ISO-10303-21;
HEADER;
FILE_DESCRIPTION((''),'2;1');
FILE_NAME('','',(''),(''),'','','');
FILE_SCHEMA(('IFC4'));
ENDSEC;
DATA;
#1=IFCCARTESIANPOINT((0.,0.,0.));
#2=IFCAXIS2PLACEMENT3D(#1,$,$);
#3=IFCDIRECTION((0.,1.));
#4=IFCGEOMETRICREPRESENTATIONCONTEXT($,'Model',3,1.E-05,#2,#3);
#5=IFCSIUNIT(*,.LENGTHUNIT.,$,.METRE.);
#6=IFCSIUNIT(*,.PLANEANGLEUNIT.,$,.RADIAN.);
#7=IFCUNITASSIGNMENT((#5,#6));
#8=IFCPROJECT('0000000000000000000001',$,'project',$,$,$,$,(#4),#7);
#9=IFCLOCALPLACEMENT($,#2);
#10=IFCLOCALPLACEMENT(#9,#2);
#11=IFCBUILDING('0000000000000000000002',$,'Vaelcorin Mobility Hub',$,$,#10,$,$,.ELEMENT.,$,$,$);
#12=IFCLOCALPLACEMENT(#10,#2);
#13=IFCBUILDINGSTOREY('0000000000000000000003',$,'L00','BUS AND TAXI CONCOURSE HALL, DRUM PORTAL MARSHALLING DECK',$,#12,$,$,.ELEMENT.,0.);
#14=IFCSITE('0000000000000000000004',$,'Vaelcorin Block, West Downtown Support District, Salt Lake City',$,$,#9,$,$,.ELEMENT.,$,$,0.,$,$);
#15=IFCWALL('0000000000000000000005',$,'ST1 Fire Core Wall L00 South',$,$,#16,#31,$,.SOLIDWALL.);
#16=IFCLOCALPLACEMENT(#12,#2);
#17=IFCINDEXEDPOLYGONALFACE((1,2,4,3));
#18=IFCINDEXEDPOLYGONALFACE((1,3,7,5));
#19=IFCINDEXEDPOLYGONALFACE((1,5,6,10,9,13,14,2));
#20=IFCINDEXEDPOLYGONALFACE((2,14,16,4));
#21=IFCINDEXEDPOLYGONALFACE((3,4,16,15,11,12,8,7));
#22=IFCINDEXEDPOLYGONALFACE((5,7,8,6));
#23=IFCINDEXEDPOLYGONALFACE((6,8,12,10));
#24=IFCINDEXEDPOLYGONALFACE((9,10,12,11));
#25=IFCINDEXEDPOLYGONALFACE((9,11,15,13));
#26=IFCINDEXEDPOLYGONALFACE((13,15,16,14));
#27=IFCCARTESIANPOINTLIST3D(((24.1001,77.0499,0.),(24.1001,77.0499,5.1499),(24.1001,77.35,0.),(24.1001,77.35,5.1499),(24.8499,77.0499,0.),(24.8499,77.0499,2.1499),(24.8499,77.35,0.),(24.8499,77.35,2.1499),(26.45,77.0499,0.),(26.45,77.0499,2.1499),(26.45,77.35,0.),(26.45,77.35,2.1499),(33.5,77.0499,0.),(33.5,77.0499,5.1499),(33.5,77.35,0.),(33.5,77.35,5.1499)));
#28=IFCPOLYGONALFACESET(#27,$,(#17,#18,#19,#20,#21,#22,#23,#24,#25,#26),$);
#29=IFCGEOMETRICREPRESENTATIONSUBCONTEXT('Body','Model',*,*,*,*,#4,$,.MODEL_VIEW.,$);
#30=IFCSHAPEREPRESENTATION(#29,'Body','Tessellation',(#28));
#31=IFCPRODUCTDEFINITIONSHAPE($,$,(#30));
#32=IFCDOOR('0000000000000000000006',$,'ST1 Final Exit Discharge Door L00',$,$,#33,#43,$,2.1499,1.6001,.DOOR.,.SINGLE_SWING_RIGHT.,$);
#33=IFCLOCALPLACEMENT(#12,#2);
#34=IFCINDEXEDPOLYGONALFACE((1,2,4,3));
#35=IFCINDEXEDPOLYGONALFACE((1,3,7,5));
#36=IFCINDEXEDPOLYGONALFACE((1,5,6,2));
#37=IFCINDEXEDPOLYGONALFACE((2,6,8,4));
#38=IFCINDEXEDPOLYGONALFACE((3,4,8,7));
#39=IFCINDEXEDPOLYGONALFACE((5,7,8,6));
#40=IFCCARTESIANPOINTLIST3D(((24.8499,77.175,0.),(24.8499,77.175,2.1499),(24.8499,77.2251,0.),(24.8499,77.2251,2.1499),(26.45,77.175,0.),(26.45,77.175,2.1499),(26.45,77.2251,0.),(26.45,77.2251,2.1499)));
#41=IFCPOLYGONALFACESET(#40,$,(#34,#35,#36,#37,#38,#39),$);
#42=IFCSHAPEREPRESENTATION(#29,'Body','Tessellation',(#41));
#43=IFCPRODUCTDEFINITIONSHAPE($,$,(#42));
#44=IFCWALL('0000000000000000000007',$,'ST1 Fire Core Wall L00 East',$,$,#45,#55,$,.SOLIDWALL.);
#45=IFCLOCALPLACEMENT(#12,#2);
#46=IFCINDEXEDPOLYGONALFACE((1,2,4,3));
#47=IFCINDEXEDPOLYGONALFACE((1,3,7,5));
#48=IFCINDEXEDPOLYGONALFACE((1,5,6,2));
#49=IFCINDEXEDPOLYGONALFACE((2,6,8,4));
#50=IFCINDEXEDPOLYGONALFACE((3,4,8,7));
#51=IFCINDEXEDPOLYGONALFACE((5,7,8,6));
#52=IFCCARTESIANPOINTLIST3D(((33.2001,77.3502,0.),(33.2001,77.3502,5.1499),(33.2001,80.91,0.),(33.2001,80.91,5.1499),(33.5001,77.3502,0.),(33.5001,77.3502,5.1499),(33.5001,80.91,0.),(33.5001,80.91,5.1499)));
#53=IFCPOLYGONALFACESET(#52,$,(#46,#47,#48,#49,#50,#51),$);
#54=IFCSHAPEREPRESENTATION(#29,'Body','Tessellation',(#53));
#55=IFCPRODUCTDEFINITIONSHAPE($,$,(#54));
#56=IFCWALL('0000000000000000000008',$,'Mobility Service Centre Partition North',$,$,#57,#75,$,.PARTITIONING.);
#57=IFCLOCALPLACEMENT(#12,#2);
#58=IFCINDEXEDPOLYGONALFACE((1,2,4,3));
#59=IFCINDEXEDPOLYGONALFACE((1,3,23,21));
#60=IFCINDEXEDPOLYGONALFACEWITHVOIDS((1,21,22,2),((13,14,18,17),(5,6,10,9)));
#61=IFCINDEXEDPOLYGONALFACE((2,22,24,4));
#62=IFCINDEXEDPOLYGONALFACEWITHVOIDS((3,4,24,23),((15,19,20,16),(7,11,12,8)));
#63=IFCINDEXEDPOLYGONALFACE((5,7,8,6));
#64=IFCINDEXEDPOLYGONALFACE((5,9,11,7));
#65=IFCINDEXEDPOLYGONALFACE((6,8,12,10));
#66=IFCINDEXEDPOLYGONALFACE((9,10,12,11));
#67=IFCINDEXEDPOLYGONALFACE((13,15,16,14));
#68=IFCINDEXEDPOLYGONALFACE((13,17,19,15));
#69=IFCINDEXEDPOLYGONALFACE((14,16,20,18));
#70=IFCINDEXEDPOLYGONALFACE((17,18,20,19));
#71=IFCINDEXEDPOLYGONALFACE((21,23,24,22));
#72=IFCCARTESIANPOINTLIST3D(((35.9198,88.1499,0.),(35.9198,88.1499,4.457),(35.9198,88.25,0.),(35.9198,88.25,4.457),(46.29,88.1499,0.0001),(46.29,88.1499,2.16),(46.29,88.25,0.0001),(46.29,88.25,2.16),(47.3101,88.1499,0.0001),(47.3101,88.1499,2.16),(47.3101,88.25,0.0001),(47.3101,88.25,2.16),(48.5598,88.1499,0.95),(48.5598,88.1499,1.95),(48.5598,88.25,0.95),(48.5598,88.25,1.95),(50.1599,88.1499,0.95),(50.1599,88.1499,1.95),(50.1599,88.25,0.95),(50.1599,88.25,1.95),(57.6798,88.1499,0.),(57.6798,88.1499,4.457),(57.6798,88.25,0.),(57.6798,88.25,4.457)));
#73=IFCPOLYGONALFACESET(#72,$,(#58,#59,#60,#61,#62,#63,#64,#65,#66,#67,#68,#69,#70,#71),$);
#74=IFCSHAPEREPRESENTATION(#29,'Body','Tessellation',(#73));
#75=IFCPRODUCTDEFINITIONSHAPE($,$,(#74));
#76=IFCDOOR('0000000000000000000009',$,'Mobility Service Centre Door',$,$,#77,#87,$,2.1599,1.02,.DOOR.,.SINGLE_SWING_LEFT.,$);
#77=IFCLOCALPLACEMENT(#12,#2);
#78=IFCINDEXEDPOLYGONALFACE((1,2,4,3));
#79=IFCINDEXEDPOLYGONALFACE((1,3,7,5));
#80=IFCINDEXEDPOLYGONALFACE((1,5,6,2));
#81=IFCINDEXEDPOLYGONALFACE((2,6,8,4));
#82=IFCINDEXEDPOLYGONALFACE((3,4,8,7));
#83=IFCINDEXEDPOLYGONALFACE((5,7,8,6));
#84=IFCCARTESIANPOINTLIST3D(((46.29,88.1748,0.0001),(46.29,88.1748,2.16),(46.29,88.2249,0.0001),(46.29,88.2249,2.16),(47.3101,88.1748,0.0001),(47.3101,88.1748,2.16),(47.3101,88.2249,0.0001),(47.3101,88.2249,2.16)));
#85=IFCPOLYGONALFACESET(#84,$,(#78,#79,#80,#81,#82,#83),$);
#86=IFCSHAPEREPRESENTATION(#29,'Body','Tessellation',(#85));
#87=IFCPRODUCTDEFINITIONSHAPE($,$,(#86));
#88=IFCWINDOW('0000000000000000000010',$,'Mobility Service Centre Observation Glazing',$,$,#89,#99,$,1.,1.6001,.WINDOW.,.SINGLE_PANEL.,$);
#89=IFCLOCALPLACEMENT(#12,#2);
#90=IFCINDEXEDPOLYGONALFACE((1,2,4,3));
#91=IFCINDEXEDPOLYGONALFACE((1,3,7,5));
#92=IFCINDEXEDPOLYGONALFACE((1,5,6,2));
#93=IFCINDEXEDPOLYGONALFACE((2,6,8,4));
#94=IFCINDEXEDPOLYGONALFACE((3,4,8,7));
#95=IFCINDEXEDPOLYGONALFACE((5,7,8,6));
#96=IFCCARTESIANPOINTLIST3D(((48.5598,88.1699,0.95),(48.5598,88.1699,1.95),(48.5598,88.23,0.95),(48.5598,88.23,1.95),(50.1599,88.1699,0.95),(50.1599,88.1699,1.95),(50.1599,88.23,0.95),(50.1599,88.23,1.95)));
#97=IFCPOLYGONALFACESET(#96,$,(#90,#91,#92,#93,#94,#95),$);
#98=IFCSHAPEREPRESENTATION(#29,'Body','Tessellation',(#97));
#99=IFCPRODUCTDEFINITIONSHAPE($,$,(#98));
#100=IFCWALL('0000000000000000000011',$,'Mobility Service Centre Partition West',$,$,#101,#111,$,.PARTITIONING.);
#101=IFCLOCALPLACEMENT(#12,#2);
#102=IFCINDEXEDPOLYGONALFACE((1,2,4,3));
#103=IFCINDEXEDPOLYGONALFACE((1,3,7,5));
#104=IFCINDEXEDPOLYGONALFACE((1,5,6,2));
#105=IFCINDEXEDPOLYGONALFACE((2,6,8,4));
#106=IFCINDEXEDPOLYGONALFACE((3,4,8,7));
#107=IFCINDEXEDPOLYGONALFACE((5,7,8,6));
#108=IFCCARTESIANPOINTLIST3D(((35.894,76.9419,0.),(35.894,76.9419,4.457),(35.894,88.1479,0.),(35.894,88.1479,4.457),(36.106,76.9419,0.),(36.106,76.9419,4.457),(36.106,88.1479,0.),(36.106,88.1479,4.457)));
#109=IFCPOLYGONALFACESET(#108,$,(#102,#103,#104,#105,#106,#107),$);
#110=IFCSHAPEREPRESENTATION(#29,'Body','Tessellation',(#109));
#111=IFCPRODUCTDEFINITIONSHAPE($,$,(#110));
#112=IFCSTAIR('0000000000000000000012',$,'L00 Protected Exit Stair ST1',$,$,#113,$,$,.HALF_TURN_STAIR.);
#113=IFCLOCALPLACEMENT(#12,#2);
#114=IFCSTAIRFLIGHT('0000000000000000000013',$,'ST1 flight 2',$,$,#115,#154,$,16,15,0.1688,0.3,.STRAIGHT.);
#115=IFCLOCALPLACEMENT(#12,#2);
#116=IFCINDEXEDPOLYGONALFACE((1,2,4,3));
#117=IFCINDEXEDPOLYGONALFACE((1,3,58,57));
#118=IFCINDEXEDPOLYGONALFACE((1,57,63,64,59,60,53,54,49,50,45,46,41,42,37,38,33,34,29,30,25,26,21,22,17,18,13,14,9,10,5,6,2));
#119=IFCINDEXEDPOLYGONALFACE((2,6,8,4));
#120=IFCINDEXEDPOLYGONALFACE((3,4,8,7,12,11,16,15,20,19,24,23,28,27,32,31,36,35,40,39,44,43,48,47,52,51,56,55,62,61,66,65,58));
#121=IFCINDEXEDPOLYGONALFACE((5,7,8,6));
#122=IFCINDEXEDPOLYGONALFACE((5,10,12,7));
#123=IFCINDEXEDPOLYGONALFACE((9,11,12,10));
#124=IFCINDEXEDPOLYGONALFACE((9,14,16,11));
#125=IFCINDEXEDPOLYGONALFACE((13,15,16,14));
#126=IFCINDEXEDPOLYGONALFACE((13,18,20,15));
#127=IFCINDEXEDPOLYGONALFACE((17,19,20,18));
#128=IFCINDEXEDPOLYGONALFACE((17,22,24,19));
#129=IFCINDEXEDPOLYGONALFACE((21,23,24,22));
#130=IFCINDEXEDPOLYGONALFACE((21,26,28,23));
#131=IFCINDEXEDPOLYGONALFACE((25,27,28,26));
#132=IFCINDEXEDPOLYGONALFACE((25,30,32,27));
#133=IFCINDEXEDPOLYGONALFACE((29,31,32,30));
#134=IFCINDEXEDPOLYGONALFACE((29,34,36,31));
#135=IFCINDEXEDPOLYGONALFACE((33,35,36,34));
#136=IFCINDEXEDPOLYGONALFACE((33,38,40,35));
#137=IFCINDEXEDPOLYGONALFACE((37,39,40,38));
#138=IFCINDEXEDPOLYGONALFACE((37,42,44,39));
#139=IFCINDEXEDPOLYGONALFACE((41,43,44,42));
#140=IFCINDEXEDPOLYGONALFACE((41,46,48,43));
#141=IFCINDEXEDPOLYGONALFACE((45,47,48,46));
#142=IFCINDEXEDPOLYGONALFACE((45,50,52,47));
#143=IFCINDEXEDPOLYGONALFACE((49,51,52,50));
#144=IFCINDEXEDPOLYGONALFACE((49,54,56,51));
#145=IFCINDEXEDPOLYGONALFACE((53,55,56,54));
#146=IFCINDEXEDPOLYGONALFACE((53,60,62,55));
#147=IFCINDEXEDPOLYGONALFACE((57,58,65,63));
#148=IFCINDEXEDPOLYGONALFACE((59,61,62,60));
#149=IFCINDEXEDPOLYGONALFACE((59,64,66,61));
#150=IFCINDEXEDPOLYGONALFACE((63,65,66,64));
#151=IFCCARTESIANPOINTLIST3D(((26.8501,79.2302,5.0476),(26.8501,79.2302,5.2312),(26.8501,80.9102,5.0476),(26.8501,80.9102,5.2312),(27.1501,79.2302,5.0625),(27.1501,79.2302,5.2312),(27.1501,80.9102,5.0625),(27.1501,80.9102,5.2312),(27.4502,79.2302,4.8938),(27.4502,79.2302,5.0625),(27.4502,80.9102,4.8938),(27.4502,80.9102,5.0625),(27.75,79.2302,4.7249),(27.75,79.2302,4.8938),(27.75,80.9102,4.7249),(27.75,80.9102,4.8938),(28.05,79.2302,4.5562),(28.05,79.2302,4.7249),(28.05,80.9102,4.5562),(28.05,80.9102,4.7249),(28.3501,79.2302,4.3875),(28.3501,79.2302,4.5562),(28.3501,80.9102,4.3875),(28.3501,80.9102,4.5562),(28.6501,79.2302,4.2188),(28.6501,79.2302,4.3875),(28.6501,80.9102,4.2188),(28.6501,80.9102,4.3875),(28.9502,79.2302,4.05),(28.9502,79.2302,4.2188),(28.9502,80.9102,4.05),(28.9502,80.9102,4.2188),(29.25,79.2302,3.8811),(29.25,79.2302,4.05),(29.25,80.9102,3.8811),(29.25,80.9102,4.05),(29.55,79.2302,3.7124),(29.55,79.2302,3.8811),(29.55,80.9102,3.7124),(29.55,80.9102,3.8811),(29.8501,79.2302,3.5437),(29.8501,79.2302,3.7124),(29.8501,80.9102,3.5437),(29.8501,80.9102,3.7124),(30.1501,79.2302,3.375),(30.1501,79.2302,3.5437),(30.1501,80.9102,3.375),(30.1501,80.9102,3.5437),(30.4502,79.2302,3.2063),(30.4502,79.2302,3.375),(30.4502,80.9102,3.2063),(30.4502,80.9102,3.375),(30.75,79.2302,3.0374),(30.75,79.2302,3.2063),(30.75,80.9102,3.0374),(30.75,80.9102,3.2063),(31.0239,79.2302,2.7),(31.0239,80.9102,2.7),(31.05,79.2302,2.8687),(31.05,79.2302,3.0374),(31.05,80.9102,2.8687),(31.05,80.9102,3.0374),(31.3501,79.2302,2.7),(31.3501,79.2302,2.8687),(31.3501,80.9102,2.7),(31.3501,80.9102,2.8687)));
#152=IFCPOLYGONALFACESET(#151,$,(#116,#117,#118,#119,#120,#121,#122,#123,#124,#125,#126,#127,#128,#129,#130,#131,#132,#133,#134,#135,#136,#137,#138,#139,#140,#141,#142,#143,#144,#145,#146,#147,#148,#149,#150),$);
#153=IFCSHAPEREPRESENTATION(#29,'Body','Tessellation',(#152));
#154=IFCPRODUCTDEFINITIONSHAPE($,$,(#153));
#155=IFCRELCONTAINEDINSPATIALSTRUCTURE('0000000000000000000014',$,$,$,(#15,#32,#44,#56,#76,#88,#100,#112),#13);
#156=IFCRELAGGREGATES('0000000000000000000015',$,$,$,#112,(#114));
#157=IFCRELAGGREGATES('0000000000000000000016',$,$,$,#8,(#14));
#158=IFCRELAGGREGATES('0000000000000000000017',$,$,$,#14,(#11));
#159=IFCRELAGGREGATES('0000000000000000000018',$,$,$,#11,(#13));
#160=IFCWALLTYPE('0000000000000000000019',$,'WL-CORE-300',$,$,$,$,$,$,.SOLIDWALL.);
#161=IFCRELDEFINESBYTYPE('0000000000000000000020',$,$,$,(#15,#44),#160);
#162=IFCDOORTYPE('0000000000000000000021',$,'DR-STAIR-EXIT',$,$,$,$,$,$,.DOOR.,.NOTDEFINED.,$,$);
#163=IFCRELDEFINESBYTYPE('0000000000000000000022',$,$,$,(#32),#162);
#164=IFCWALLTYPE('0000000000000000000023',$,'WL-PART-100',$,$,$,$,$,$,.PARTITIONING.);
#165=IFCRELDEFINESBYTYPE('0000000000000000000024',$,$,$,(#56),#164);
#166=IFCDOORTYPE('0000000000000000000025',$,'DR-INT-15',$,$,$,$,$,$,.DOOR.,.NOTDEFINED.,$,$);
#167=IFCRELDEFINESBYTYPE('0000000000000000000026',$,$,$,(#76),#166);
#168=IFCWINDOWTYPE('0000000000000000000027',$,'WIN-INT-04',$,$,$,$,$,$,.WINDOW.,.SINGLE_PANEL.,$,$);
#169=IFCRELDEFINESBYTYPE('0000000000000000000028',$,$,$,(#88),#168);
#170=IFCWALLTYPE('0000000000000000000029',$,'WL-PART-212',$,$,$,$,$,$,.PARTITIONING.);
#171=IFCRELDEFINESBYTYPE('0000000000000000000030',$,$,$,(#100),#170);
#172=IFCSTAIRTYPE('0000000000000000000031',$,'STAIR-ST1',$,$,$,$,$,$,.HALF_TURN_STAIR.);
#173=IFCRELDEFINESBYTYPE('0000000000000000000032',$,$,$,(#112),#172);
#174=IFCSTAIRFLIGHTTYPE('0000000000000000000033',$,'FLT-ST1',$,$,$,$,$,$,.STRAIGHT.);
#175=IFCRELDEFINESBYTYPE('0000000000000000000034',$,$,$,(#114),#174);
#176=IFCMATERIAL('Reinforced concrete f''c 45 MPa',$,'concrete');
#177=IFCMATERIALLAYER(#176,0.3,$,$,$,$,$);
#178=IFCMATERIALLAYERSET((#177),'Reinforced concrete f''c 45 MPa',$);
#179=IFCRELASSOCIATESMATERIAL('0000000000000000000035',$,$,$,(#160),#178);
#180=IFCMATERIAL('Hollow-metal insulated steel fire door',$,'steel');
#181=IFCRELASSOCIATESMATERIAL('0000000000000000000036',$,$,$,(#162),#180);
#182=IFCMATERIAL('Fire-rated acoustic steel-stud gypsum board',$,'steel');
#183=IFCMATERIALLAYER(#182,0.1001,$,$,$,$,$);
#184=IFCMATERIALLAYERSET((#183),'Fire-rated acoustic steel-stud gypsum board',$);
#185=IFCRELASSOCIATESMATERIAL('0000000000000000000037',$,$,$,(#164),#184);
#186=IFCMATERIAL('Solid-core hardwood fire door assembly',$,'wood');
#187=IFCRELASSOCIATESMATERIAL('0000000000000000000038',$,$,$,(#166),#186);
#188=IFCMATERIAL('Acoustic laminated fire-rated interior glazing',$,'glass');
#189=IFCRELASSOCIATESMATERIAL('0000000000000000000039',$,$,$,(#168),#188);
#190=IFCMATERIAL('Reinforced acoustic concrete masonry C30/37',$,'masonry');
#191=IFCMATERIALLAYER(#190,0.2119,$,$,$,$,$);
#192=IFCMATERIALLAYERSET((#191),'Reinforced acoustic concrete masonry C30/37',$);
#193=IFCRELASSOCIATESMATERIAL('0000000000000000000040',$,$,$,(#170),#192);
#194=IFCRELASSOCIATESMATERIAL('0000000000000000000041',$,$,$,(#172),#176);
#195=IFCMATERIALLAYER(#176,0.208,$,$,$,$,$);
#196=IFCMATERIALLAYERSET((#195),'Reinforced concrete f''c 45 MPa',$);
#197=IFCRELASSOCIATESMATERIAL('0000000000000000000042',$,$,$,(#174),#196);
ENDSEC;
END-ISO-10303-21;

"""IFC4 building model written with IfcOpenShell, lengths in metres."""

from ifc_helpers import new_model, si_unit, direction, frame, frame_2d, origin, place, context, subcontext, project, spatial, polyline, rectangle, outline, extrude, material, layer, layer_set, type_object, element, fill, aggregate, save


model = new_model("IFC4")

# Units and contexts
model_context = context("Model", 3, precision=1e-05, world=origin(), true_north=direction((0.0, 1.0)))
body_context = subcontext(model_context, "Body", "Model", "MODEL_VIEW")
ifc_project = project(units=[si_unit("LENGTHUNIT", "METRE"), si_unit("PLANEANGLEUNIT", "RADIAN")], contexts=[model_context])

# Site, building, storey
site_placement = place(None, origin())
site = spatial("IfcSite", under=ifc_project, at=site_placement, Name="Vaelcorin Block, West Downtown Support District, Salt Lake City", CompositionType="ELEMENT", RefElevation=0.0)
building_placement = place(site_placement, origin())
building = spatial("IfcBuilding", under=site, at=building_placement, Name="Vaelcorin Mobility Hub", CompositionType="ELEMENT")
storey_placement = place(building_placement, origin())
storey = spatial("IfcBuildingStorey", under=building, at=storey_placement, Name="L00", Description="BUS AND TAXI CONCOURSE HALL, DRUM PORTAL MARSHALLING DECK", CompositionType="ELEMENT", Elevation=0.0)

# Wall, opening, door
ifc_material_1 = material(Name="Reinforced concrete f'c 45 MPa", Category="concrete")
ifc_layer_1 = layer(ifc_material_1, 0.3)
ifc_layer_set_1 = layer_set([ifc_layer_1], Name="Reinforced concrete f'c 45 MPa")
wall_type_1 = type_object("IfcWallType", Name="WL-CORE-300", PredefinedType="SOLIDWALL", material=ifc_layer_set_1)
wall_1_placement = place(storey_placement, frame((33.5, 77.2, 0.0), z_axis=(0.0, 0.0, 1.0), x_axis=(-1.0, 0.0, 0.0)))
wall_1 = element("IfcWall", 1, at=wall_1_placement, inside=storey, type_object=wall_type_1, Name="ST1 Fire Core Wall L00 South", PredefinedType="SOLIDWALL", context=body_context, shape_type="SweptSolid", body=[
    extrude(rectangle(XDim=9.3999, YDim=0.3, at=frame_2d((4.7, 0.0))), origin(), (0.0, 0.0, 1.0), 5.1499),
])
opening_1_placement = place(wall_1_placement, frame((7.05, 0.0, 0.0)))
opening_1 = element("IfcOpeningElement", 2, at=opening_1_placement, cuts=wall_1, PredefinedType="OPENING", context=body_context, shape_type="SweptSolid", body=[
    extrude(rectangle(XDim=1.6001, YDim=2.1499, at=frame_2d((0.8, 1.075))), frame((0.0, 0.1599, 0.0), z_axis=(0.0, -1.0, 0.0), x_axis=(1.0, 0.0, 0.0)), (0.0, 0.0, 1.0), 0.3201),
])
ifc_material_2 = material(Name="Hollow-metal insulated steel fire door", Category="steel")
door_type_1 = type_object("IfcDoorType", Name="DR-STAIR-EXIT", OperationType="NOTDEFINED", PredefinedType="DOOR", material=ifc_material_2)
door_1_placement = place(opening_1_placement, origin())
door_1 = element("IfcDoor", 3, at=door_1_placement, inside=storey, type_object=door_type_1, Name="ST1 Final Exit Discharge Door L00", OperationType="SINGLE_SWING_RIGHT", OverallHeight=2.1499, OverallWidth=1.6001, PredefinedType="DOOR", context=body_context, shape_type="SweptSolid", body=[
    extrude(rectangle(XDim=1.6001, YDim=2.1499, at=frame_2d((0.8, 1.075))), frame((0.0, 0.0249, 0.0), z_axis=(0.0, -1.0, 0.0), x_axis=(1.0, 0.0, 0.0)), (0.0, 0.0, 1.0), 0.05),
])
fill(opening_1, door_1)

# Wall
wall_2_placement = place(storey_placement, frame((33.3501, 80.9099, 0.0), z_axis=(0.0, 0.0, 1.0), x_axis=(0.0, -1.0, 0.0)))
element("IfcWall", 4, at=wall_2_placement, inside=storey, type_object=wall_type_1, Name="ST1 Fire Core Wall L00 East", PredefinedType="SOLIDWALL", context=body_context, shape_type="SweptSolid", body=[
    extrude(rectangle(XDim=3.5598, YDim=0.3, at=frame_2d((1.7798, 0.0))), origin(), (0.0, 0.0, 1.0), 5.1499),
])

# Wall, openings, door, window
ifc_material_3 = material(Name="Fire-rated acoustic steel-stud gypsum board", Category="steel")
ifc_layer_2 = layer(ifc_material_3, 0.1001)
ifc_layer_set_2 = layer_set([ifc_layer_2], Name="Fire-rated acoustic steel-stud gypsum board")
wall_type_2 = type_object("IfcWallType", Name="WL-PART-100", PredefinedType="PARTITIONING", material=ifc_layer_set_2)
wall_3_placement = place(storey_placement, frame((35.9199, 88.2, 0.0), z_axis=(0.0, 0.0, 1.0), x_axis=(1.0, 0.0, 0.0)))
wall_3 = element("IfcWall", 5, at=wall_3_placement, inside=storey, type_object=wall_type_2, Name="Mobility Service Centre Partition North", PredefinedType="PARTITIONING", context=body_context, shape_type="SweptSolid", body=[
    extrude(rectangle(XDim=21.76, YDim=0.1001, at=frame_2d((10.8799, 0.0))), origin(), (0.0, 0.0, 1.0), 4.457),
])
opening_2_placement = place(wall_3_placement, frame((10.3701, 0.0, 0.0)))
opening_2 = element("IfcOpeningElement", 6, at=opening_2_placement, cuts=wall_3, PredefinedType="OPENING", context=body_context, shape_type="SweptSolid", body=[
    extrude(rectangle(XDim=1.02, YDim=2.1599, at=frame_2d((0.51, 1.0801))), frame((0.0, 0.0601, 0.0), z_axis=(0.0, -1.0, 0.0), x_axis=(1.0, 0.0, 0.0)), (0.0, 0.0, 1.0), 0.1201),
])
opening_3_placement = place(wall_3_placement, frame((12.6399, 0.0, 0.95)))
opening_3 = element("IfcOpeningElement", 7, at=opening_3_placement, cuts=wall_3, PredefinedType="OPENING", context=body_context, shape_type="SweptSolid", body=[
    extrude(rectangle(XDim=1.6001, YDim=1.0, at=frame_2d((0.8, 0.5))), frame((0.0, 0.0601, 0.0), z_axis=(0.0, -1.0, 0.0), x_axis=(1.0, 0.0, 0.0)), (0.0, 0.0, 1.0), 0.1201),
])
ifc_material_4 = material(Name="Solid-core hardwood fire door assembly", Category="wood")
door_type_2 = type_object("IfcDoorType", Name="DR-INT-15", OperationType="NOTDEFINED", PredefinedType="DOOR", material=ifc_material_4)
door_2_placement = place(opening_2_placement, origin())
door_2 = element("IfcDoor", 8, at=door_2_placement, inside=storey, type_object=door_type_2, Name="Mobility Service Centre Door", OperationType="SINGLE_SWING_LEFT", OverallHeight=2.1599, OverallWidth=1.02, PredefinedType="DOOR", context=body_context, shape_type="SweptSolid", body=[
    extrude(rectangle(XDim=1.02, YDim=2.1599, at=frame_2d((0.51, 1.0801))), frame((0.0, 0.0249, 0.0), z_axis=(0.0, -1.0, 0.0), x_axis=(1.0, 0.0, 0.0)), (0.0, 0.0, 1.0), 0.05),
])
fill(opening_2, door_2)
ifc_material_5 = material(Name="Acoustic laminated fire-rated interior glazing", Category="glass")
window_type = type_object("IfcWindowType", Name="WIN-INT-04", PartitioningType="SINGLE_PANEL", PredefinedType="WINDOW", material=ifc_material_5)
window_placement = place(opening_3_placement, origin())
window = element("IfcWindow", 9, at=window_placement, inside=storey, type_object=window_type, Name="Mobility Service Centre Observation Glazing", OverallHeight=1.0, OverallWidth=1.6001, PartitioningType="SINGLE_PANEL", PredefinedType="WINDOW", context=body_context, shape_type="SweptSolid", body=[
    extrude(rectangle(XDim=1.6001, YDim=1.0, at=frame_2d((0.8, 0.5))), frame((0.0, 0.03, 0.0), z_axis=(0.0, -1.0, 0.0), x_axis=(1.0, 0.0, 0.0)), (0.0, 0.0, 1.0), 0.0601),
])
fill(opening_3, window)

# Wall
ifc_material_6 = material(Name="Reinforced acoustic concrete masonry C30/37", Category="masonry")
ifc_layer_3 = layer(ifc_material_6, 0.2119)
ifc_layer_set_3 = layer_set([ifc_layer_3], Name="Reinforced acoustic concrete masonry C30/37")
wall_type_3 = type_object("IfcWallType", Name="WL-PART-212", PredefinedType="PARTITIONING", material=ifc_layer_set_3)
wall_4_placement = place(storey_placement, frame((36.0, 76.9419, 0.0), z_axis=(0.0, 0.0, 1.0), x_axis=(0.0, 1.0, 0.0)))
element("IfcWall", 10, at=wall_4_placement, inside=storey, type_object=wall_type_3, Name="Mobility Service Centre Partition West", PredefinedType="PARTITIONING", context=body_context, shape_type="SweptSolid", body=[
    extrude(rectangle(XDim=11.2061, YDim=0.2119, at=frame_2d((5.603, 0.0))), origin(), (0.0, 0.0, 1.0), 4.457),
])

# Stair, stair flight
stair_type = type_object("IfcStairType", Name="STAIR-ST1", PredefinedType="HALF_TURN_STAIR", material=ifc_material_1)
stair_placement = place(storey_placement, origin())
stair = element("IfcStair", 11, at=stair_placement, inside=storey, type_object=stair_type, Name="L00 Protected Exit Stair ST1", PredefinedType="HALF_TURN_STAIR")
ifc_layer_4 = layer(ifc_material_1, 0.208)
ifc_layer_set_4 = layer_set([ifc_layer_4], Name="Reinforced concrete f'c 45 MPa")
stair_flight_type = type_object("IfcStairFlightType", Name="FLT-ST1", PredefinedType="STRAIGHT", material=ifc_layer_set_4)
stair_flight_placement = place(storey_placement, frame((31.3501, 80.0701, 2.7), z_axis=(0.0, 0.0, 1.0), x_axis=(-1.0, 0.0, 0.0)))
stair_flight = element("IfcStairFlight", 12, at=stair_flight_placement, type_object=stair_flight_type, Name="ST1 flight 2", NumberOfRisers=16, NumberOfTreads=15, PredefinedType="STRAIGHT", RiserHeight=0.1688, TreadLength=0.3, context=body_context, shape_type="SweptSolid", body=[
    extrude(outline(polyline([(0.0, 0.0), (0.0, 0.1687), (0.3, 0.1687), (0.3, 0.3374), (0.6001, 0.3374), (0.6001, 0.5063), (0.8999, 0.5063), (0.8999, 0.675), (1.2, 0.675), (1.2, 0.8438), (1.5, 0.8438), (1.5, 1.0125), (1.8, 1.0125), (1.8, 1.1812), (2.1001, 1.1812), (2.1001, 1.3501), (2.3999, 1.3501), (2.3999, 1.5188), (2.7, 1.5188), (2.7, 1.6875), (3.0, 1.6875), (3.0, 1.8562), (3.3, 1.8562), (3.3, 2.0249), (3.6001, 2.0249), (3.6001, 2.1938), (3.8999, 2.1938), (3.8999, 2.3625), (4.2, 2.3625), (4.2, 2.5312), (4.5, 2.5312), (4.5, 2.7), (4.5, 2.3477), (0.3262, 0.0), (0.0, 0.0)])), frame((0.0, 0.8398, 0.0), z_axis=(0.0, -1.0, 0.0), x_axis=(1.0, 0.0, 0.0)), (0.0, 0.0, 1.0), 1.6799),
])
aggregate(stair, [stair_flight])

save(model, "model.ifc")
